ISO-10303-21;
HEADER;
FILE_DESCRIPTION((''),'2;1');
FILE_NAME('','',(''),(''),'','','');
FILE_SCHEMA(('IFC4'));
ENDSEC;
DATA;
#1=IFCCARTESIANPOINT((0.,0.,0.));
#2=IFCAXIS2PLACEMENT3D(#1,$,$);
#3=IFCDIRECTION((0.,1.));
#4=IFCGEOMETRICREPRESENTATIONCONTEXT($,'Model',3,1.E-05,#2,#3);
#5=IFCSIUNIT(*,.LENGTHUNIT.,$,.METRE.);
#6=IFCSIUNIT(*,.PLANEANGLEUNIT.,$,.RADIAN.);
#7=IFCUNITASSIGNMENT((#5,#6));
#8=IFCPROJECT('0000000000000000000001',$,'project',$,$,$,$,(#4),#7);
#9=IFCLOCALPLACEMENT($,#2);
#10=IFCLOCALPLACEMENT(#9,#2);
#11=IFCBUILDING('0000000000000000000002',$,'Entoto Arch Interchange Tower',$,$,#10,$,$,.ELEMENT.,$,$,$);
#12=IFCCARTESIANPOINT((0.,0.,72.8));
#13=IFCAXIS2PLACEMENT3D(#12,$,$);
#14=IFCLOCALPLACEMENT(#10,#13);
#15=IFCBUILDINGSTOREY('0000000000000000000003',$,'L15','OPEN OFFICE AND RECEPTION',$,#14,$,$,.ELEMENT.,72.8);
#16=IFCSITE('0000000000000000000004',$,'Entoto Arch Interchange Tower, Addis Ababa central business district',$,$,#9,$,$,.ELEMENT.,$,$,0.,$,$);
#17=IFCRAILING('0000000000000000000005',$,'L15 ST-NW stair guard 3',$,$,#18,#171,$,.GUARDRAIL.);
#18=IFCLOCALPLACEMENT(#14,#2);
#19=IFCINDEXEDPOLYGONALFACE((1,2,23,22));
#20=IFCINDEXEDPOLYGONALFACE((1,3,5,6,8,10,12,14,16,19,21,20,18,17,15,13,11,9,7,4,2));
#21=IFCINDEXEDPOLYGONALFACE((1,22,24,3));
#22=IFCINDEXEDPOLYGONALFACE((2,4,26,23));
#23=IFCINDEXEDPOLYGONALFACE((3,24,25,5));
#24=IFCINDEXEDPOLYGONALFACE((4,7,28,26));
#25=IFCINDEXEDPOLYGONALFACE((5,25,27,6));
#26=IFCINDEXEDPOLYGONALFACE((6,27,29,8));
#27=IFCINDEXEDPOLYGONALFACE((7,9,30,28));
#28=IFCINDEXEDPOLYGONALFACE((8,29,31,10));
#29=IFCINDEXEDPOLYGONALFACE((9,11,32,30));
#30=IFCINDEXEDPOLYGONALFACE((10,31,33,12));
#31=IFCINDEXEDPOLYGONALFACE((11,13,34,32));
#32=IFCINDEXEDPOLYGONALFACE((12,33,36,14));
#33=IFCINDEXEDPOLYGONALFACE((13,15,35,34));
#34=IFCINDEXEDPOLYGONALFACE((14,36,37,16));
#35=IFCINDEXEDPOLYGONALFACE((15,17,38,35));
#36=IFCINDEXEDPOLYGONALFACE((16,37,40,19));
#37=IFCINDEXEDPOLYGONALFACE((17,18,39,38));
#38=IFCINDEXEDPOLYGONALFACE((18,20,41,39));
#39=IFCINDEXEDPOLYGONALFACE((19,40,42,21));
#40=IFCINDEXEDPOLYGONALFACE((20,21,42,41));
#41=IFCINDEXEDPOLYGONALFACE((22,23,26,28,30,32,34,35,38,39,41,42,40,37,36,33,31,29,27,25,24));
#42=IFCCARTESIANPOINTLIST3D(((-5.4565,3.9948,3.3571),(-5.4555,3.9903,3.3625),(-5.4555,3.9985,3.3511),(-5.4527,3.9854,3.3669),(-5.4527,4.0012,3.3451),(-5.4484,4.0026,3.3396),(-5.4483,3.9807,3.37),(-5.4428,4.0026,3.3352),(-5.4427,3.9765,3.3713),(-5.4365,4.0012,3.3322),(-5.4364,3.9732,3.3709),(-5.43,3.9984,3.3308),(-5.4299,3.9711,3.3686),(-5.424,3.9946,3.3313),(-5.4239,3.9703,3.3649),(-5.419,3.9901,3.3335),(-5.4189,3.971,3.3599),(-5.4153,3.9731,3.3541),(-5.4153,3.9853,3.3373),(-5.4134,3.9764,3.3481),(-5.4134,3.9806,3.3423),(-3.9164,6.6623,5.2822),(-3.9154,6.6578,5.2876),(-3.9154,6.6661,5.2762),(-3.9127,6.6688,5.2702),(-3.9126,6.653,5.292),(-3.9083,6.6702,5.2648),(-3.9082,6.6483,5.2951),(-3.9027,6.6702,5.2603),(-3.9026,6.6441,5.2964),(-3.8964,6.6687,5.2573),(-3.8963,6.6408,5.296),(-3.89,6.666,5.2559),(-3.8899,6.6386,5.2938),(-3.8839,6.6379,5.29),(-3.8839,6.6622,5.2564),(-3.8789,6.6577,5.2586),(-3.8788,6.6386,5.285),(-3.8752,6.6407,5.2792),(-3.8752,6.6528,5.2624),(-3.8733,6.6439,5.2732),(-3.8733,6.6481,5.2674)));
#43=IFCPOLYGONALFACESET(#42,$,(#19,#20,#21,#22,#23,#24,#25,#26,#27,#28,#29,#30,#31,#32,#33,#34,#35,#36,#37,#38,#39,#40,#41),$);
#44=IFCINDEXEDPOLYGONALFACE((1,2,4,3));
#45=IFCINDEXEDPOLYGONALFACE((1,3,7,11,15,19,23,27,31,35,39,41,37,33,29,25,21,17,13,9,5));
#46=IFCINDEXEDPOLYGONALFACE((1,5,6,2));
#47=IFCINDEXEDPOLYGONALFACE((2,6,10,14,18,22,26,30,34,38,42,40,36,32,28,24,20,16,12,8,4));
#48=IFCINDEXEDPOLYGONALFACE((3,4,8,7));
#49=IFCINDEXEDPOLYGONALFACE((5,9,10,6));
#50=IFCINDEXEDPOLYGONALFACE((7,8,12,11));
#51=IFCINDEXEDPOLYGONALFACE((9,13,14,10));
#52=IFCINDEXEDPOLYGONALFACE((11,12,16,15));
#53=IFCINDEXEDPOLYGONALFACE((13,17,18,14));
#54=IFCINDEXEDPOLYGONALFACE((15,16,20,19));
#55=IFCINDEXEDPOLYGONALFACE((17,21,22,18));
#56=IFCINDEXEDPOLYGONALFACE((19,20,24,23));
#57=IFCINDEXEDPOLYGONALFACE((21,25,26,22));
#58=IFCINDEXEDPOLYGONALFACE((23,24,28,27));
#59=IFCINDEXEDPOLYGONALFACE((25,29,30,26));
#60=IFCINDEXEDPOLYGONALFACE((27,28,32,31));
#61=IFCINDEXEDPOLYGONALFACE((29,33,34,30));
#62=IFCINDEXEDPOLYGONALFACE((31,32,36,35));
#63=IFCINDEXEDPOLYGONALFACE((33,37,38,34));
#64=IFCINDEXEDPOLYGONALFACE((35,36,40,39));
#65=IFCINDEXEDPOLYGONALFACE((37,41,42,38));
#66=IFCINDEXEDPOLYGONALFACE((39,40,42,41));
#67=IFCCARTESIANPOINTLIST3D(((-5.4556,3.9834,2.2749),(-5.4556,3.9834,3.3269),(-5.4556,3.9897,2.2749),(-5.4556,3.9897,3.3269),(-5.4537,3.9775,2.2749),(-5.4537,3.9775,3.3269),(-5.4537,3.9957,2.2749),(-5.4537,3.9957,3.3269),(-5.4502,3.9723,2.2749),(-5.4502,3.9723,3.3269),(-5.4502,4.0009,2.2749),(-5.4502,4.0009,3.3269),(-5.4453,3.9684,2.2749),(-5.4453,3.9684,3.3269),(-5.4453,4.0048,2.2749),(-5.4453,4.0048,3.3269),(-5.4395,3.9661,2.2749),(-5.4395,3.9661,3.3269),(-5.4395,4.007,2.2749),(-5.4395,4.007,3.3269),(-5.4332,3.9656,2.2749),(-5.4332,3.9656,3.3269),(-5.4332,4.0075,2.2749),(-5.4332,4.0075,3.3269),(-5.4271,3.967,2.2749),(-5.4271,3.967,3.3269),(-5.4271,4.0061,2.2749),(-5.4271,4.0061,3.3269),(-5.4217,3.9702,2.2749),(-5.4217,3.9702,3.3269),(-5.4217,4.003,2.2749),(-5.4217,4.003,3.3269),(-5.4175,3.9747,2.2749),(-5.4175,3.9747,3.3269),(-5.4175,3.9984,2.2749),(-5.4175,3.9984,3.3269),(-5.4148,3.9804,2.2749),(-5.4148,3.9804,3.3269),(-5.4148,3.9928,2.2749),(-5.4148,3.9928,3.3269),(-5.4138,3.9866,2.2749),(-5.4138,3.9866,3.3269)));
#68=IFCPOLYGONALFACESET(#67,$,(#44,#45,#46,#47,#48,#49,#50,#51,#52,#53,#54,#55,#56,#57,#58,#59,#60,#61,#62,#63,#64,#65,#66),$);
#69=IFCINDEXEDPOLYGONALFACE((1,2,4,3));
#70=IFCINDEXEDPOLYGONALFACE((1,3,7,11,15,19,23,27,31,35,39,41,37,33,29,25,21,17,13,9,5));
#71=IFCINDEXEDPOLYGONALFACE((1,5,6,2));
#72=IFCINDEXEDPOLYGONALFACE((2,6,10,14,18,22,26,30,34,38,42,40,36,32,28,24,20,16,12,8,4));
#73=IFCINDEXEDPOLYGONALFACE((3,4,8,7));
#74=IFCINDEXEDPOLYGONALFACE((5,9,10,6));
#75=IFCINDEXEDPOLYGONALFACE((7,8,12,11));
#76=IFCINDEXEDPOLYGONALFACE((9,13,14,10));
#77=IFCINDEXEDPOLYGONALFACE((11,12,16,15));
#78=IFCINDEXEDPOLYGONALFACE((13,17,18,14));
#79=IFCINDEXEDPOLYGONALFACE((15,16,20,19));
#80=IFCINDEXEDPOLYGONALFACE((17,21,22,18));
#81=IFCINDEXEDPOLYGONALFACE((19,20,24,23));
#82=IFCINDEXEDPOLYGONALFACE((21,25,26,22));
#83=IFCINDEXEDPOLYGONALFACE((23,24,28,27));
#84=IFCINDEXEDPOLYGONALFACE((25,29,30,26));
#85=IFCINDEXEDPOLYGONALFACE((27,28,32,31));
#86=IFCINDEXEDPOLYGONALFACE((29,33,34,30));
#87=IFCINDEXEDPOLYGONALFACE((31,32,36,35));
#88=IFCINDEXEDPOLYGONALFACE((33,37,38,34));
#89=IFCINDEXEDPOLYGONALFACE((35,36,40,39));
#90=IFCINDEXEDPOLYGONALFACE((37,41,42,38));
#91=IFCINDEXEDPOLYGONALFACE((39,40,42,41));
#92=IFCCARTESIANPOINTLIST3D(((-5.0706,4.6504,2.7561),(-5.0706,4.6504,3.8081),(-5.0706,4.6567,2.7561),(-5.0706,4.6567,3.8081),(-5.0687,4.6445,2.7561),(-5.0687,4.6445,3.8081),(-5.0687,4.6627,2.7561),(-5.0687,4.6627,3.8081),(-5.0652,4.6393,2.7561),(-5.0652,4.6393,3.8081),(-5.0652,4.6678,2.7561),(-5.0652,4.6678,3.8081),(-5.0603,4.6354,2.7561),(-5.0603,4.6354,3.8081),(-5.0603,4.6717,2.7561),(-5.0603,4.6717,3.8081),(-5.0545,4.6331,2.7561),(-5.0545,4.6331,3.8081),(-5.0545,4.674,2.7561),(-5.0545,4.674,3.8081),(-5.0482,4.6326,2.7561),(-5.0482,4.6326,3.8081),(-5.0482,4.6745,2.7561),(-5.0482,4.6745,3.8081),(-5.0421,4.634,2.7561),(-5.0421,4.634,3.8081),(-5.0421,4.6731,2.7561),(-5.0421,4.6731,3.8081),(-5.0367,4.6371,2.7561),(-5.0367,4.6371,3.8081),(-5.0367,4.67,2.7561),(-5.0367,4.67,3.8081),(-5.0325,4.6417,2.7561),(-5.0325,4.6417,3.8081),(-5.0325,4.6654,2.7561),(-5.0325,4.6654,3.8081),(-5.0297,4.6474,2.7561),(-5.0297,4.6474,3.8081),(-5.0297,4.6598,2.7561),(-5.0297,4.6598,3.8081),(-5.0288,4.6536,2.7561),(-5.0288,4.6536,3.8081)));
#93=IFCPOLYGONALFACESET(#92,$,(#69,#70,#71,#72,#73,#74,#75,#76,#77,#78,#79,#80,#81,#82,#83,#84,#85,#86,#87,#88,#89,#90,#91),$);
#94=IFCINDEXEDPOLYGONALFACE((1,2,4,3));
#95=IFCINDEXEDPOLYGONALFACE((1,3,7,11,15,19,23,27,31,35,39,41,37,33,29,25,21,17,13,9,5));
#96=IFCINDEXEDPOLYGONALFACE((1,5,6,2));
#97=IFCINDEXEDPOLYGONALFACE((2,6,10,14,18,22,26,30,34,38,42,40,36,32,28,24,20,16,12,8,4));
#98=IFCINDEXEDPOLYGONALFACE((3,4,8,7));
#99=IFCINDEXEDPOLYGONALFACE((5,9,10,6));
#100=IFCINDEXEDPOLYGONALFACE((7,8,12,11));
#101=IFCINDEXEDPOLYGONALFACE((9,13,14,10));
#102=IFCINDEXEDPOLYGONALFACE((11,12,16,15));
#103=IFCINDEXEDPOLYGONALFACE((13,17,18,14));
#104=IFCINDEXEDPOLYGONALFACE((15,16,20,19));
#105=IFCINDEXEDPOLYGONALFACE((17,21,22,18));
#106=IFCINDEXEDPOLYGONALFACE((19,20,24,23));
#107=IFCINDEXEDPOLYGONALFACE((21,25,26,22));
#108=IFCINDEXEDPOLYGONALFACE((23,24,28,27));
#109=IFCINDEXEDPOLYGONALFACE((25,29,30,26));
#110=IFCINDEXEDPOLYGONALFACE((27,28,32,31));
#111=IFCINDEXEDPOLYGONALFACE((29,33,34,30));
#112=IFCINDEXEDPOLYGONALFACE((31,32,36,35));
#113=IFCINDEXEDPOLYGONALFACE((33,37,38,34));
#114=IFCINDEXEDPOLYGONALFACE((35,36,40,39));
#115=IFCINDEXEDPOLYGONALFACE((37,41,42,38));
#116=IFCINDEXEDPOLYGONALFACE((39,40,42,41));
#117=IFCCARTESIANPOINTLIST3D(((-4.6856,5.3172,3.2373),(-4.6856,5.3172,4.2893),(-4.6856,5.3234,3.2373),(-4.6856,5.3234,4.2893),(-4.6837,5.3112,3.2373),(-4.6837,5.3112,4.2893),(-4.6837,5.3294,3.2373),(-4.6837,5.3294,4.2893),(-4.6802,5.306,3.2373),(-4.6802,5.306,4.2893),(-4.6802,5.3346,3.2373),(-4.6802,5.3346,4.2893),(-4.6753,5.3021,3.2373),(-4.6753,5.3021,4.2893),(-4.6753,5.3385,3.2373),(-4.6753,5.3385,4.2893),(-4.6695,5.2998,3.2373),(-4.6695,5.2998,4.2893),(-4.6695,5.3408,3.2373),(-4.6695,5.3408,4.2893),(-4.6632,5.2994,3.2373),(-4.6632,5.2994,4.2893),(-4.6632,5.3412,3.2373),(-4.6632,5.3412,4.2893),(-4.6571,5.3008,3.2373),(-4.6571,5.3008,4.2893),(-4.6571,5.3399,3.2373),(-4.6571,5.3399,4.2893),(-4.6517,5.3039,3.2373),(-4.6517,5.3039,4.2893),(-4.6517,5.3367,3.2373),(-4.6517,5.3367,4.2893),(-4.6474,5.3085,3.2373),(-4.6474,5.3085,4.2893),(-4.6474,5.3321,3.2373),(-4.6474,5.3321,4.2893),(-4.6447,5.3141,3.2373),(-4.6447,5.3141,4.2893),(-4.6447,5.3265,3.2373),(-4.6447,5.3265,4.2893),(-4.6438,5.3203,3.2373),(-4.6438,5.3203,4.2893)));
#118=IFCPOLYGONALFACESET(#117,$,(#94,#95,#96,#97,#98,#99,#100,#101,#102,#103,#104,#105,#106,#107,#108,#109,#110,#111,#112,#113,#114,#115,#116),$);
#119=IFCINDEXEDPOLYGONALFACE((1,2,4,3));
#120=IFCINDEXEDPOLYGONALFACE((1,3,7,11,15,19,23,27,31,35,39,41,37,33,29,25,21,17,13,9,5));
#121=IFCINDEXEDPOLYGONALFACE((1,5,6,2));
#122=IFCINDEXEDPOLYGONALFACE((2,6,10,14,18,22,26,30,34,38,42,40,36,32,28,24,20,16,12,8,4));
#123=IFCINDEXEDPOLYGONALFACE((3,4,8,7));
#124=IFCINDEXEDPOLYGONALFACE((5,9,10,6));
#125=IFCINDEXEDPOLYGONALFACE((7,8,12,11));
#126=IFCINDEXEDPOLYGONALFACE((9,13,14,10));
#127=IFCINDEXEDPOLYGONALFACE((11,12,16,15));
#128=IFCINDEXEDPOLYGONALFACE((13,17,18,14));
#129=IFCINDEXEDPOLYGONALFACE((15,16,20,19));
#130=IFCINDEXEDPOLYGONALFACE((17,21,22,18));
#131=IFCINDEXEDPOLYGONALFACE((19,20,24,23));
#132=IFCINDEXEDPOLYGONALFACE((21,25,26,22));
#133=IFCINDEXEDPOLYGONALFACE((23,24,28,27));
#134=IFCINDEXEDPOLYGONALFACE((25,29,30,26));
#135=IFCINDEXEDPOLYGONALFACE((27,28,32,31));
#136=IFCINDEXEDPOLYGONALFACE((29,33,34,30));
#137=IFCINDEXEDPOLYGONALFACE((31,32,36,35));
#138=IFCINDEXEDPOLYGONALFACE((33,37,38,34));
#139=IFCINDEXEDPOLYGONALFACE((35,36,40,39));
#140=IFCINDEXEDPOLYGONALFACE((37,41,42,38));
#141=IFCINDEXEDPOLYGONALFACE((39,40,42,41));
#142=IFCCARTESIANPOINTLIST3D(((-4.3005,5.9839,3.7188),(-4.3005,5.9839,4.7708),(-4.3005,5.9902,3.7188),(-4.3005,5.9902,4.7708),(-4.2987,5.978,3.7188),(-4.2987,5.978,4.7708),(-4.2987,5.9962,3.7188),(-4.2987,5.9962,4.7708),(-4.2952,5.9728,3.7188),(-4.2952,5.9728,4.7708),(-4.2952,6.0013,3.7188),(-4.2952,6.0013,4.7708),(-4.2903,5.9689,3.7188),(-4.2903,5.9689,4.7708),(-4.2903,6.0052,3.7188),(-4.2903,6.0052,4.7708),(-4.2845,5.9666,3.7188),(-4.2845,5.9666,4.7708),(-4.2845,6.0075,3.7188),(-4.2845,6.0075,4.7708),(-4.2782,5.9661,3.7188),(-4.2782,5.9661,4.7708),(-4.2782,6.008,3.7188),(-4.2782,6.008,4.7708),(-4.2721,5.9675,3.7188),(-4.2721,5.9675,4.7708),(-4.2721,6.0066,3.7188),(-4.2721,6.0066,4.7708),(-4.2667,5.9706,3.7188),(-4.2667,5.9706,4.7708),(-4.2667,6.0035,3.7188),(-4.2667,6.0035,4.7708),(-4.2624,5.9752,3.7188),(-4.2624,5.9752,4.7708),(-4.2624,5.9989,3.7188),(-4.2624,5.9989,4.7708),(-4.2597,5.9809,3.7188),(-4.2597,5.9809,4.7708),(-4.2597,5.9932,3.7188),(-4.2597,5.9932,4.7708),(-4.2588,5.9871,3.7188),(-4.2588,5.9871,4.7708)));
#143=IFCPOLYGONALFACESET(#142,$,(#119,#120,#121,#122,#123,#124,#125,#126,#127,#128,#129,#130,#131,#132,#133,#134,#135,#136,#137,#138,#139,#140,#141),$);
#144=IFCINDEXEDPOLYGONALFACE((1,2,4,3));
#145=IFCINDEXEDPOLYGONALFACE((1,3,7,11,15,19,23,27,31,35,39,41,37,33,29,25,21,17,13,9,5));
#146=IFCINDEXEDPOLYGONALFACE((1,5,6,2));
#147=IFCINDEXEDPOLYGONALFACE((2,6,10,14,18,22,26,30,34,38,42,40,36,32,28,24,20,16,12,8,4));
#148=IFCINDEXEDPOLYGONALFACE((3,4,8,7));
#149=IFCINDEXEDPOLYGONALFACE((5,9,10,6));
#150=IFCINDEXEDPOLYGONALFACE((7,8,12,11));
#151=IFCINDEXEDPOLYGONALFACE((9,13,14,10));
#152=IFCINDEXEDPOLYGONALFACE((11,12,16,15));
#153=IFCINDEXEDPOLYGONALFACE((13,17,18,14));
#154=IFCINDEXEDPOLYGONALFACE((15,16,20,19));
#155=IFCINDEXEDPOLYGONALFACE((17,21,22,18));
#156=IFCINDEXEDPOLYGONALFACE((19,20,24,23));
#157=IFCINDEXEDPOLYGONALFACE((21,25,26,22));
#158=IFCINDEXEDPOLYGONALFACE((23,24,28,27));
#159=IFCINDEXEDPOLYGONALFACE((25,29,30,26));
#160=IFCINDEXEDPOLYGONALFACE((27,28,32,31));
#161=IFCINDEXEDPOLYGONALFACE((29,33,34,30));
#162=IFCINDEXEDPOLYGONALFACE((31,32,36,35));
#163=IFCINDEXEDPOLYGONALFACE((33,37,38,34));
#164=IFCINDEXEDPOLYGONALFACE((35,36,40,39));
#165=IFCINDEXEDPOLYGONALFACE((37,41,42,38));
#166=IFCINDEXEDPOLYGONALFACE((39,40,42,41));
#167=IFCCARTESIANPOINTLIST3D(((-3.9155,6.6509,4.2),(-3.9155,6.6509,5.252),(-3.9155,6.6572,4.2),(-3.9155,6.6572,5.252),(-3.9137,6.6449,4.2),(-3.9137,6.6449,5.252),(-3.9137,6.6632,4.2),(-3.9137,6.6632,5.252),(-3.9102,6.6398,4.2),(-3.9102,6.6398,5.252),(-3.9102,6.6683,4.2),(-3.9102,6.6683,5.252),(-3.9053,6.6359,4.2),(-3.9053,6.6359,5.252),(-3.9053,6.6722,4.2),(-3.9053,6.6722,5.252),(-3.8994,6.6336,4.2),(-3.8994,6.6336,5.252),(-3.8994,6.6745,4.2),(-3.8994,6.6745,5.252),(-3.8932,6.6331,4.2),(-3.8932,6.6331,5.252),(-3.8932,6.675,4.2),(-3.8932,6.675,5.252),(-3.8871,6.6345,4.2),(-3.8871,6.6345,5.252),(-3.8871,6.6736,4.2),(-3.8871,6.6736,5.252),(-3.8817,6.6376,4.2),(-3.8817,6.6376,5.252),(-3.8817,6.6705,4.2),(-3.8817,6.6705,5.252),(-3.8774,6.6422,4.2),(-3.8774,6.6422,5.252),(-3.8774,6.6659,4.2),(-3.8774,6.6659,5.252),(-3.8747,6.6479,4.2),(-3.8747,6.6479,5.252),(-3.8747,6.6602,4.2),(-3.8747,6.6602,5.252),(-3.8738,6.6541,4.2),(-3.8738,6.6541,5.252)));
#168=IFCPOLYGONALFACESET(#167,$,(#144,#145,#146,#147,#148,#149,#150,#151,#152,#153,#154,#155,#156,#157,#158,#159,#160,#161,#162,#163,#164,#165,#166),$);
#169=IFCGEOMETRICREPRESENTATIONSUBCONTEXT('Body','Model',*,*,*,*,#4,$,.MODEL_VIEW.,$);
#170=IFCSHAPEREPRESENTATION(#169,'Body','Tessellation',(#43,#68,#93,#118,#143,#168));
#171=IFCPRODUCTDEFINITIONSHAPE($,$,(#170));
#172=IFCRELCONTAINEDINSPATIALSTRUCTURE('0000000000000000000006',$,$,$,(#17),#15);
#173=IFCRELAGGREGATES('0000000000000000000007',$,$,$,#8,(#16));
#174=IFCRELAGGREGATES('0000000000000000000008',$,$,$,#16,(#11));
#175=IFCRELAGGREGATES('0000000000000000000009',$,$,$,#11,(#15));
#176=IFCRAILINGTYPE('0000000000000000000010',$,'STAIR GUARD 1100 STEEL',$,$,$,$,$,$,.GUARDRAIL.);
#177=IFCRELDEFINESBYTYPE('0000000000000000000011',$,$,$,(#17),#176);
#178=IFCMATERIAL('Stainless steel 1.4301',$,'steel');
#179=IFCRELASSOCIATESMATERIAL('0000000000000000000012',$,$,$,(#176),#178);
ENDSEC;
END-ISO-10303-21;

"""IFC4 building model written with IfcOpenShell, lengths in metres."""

from ifc_helpers import new_model, si_unit, direction, frame, origin, origin_2d, place, context, subcontext, project, spatial, circle, extrude, material, type_object, element, save


model = new_model("IFC4")

# Units and contexts
model_context = context("Model", 3, precision=1e-05, world=origin(), true_north=direction((0.0, 1.0)))
body_context = subcontext(model_context, "Body", "Model", "MODEL_VIEW")
ifc_project = project(units=[si_unit("LENGTHUNIT", "METRE"), si_unit("PLANEANGLEUNIT", "RADIAN")], contexts=[model_context])

# Site, building, storey
site_placement = place(None, origin())
site = spatial("IfcSite", under=ifc_project, at=site_placement, Name="Entoto Arch Interchange Tower, Addis Ababa central business district", CompositionType="ELEMENT", RefElevation=0.0)
building_placement = place(site_placement, origin())
building = spatial("IfcBuilding", under=site, at=building_placement, Name="Entoto Arch Interchange Tower", CompositionType="ELEMENT")
storey_placement = place(building_placement, frame((0.0, 0.0, 72.8)))
storey = spatial("IfcBuildingStorey", under=building, at=storey_placement, Name="L15", Description="OPEN OFFICE AND RECEPTION", CompositionType="ELEMENT", Elevation=72.8)

# Railing
ifc_material_1 = material(Name="Stainless steel 1.4301", Category="steel")
railing_type_1 = type_object("IfcRailingType", Name="STAIR GUARD 1100 STEEL", PredefinedType="GUARDRAIL", material=ifc_material_1)
railing_1_placement = place(storey_placement, frame((-5.4348, 3.9866, 2.2749)))
element("IfcRailing", 1, at=railing_1_placement, inside=storey, type_object=railing_type_1, Name="L15 ST-NW stair guard 3", PredefinedType="GUARDRAIL", context=body_context, shape_type="SweptSolid", body=[
    extrude(circle(Radius=0.0239, at=origin_2d()), frame((0.0, 0.0, 1.0762), z_axis=(0.423994, 0.734395, 0.529993), x_axis=(-0.86603, 0.499992, 0.0)), (0.0, 0.0, 1.0), 3.6323),
    extrude(circle(Radius=0.021, at=origin_2d()), origin(), (0.0, 0.0, 1.0), 1.052),
    extrude(circle(Radius=0.021, at=origin_2d()), frame((0.385, 0.667, 0.4812)), (0.0, 0.0, 1.0), 1.052),
    extrude(circle(Radius=0.021, at=origin_2d()), frame((0.77, 1.3337, 0.9624)), (0.0, 0.0, 1.0), 1.052),
    extrude(circle(Radius=0.021, at=origin_2d()), frame((1.155, 2.0005, 1.4438)), (0.0, 0.0, 1.0), 1.052),
    extrude(circle(Radius=0.021, at=origin_2d()), frame((1.54, 2.6675, 1.925)), (0.0, 0.0, 1.0), 1.052),
])

save(model, "model.ifc")
